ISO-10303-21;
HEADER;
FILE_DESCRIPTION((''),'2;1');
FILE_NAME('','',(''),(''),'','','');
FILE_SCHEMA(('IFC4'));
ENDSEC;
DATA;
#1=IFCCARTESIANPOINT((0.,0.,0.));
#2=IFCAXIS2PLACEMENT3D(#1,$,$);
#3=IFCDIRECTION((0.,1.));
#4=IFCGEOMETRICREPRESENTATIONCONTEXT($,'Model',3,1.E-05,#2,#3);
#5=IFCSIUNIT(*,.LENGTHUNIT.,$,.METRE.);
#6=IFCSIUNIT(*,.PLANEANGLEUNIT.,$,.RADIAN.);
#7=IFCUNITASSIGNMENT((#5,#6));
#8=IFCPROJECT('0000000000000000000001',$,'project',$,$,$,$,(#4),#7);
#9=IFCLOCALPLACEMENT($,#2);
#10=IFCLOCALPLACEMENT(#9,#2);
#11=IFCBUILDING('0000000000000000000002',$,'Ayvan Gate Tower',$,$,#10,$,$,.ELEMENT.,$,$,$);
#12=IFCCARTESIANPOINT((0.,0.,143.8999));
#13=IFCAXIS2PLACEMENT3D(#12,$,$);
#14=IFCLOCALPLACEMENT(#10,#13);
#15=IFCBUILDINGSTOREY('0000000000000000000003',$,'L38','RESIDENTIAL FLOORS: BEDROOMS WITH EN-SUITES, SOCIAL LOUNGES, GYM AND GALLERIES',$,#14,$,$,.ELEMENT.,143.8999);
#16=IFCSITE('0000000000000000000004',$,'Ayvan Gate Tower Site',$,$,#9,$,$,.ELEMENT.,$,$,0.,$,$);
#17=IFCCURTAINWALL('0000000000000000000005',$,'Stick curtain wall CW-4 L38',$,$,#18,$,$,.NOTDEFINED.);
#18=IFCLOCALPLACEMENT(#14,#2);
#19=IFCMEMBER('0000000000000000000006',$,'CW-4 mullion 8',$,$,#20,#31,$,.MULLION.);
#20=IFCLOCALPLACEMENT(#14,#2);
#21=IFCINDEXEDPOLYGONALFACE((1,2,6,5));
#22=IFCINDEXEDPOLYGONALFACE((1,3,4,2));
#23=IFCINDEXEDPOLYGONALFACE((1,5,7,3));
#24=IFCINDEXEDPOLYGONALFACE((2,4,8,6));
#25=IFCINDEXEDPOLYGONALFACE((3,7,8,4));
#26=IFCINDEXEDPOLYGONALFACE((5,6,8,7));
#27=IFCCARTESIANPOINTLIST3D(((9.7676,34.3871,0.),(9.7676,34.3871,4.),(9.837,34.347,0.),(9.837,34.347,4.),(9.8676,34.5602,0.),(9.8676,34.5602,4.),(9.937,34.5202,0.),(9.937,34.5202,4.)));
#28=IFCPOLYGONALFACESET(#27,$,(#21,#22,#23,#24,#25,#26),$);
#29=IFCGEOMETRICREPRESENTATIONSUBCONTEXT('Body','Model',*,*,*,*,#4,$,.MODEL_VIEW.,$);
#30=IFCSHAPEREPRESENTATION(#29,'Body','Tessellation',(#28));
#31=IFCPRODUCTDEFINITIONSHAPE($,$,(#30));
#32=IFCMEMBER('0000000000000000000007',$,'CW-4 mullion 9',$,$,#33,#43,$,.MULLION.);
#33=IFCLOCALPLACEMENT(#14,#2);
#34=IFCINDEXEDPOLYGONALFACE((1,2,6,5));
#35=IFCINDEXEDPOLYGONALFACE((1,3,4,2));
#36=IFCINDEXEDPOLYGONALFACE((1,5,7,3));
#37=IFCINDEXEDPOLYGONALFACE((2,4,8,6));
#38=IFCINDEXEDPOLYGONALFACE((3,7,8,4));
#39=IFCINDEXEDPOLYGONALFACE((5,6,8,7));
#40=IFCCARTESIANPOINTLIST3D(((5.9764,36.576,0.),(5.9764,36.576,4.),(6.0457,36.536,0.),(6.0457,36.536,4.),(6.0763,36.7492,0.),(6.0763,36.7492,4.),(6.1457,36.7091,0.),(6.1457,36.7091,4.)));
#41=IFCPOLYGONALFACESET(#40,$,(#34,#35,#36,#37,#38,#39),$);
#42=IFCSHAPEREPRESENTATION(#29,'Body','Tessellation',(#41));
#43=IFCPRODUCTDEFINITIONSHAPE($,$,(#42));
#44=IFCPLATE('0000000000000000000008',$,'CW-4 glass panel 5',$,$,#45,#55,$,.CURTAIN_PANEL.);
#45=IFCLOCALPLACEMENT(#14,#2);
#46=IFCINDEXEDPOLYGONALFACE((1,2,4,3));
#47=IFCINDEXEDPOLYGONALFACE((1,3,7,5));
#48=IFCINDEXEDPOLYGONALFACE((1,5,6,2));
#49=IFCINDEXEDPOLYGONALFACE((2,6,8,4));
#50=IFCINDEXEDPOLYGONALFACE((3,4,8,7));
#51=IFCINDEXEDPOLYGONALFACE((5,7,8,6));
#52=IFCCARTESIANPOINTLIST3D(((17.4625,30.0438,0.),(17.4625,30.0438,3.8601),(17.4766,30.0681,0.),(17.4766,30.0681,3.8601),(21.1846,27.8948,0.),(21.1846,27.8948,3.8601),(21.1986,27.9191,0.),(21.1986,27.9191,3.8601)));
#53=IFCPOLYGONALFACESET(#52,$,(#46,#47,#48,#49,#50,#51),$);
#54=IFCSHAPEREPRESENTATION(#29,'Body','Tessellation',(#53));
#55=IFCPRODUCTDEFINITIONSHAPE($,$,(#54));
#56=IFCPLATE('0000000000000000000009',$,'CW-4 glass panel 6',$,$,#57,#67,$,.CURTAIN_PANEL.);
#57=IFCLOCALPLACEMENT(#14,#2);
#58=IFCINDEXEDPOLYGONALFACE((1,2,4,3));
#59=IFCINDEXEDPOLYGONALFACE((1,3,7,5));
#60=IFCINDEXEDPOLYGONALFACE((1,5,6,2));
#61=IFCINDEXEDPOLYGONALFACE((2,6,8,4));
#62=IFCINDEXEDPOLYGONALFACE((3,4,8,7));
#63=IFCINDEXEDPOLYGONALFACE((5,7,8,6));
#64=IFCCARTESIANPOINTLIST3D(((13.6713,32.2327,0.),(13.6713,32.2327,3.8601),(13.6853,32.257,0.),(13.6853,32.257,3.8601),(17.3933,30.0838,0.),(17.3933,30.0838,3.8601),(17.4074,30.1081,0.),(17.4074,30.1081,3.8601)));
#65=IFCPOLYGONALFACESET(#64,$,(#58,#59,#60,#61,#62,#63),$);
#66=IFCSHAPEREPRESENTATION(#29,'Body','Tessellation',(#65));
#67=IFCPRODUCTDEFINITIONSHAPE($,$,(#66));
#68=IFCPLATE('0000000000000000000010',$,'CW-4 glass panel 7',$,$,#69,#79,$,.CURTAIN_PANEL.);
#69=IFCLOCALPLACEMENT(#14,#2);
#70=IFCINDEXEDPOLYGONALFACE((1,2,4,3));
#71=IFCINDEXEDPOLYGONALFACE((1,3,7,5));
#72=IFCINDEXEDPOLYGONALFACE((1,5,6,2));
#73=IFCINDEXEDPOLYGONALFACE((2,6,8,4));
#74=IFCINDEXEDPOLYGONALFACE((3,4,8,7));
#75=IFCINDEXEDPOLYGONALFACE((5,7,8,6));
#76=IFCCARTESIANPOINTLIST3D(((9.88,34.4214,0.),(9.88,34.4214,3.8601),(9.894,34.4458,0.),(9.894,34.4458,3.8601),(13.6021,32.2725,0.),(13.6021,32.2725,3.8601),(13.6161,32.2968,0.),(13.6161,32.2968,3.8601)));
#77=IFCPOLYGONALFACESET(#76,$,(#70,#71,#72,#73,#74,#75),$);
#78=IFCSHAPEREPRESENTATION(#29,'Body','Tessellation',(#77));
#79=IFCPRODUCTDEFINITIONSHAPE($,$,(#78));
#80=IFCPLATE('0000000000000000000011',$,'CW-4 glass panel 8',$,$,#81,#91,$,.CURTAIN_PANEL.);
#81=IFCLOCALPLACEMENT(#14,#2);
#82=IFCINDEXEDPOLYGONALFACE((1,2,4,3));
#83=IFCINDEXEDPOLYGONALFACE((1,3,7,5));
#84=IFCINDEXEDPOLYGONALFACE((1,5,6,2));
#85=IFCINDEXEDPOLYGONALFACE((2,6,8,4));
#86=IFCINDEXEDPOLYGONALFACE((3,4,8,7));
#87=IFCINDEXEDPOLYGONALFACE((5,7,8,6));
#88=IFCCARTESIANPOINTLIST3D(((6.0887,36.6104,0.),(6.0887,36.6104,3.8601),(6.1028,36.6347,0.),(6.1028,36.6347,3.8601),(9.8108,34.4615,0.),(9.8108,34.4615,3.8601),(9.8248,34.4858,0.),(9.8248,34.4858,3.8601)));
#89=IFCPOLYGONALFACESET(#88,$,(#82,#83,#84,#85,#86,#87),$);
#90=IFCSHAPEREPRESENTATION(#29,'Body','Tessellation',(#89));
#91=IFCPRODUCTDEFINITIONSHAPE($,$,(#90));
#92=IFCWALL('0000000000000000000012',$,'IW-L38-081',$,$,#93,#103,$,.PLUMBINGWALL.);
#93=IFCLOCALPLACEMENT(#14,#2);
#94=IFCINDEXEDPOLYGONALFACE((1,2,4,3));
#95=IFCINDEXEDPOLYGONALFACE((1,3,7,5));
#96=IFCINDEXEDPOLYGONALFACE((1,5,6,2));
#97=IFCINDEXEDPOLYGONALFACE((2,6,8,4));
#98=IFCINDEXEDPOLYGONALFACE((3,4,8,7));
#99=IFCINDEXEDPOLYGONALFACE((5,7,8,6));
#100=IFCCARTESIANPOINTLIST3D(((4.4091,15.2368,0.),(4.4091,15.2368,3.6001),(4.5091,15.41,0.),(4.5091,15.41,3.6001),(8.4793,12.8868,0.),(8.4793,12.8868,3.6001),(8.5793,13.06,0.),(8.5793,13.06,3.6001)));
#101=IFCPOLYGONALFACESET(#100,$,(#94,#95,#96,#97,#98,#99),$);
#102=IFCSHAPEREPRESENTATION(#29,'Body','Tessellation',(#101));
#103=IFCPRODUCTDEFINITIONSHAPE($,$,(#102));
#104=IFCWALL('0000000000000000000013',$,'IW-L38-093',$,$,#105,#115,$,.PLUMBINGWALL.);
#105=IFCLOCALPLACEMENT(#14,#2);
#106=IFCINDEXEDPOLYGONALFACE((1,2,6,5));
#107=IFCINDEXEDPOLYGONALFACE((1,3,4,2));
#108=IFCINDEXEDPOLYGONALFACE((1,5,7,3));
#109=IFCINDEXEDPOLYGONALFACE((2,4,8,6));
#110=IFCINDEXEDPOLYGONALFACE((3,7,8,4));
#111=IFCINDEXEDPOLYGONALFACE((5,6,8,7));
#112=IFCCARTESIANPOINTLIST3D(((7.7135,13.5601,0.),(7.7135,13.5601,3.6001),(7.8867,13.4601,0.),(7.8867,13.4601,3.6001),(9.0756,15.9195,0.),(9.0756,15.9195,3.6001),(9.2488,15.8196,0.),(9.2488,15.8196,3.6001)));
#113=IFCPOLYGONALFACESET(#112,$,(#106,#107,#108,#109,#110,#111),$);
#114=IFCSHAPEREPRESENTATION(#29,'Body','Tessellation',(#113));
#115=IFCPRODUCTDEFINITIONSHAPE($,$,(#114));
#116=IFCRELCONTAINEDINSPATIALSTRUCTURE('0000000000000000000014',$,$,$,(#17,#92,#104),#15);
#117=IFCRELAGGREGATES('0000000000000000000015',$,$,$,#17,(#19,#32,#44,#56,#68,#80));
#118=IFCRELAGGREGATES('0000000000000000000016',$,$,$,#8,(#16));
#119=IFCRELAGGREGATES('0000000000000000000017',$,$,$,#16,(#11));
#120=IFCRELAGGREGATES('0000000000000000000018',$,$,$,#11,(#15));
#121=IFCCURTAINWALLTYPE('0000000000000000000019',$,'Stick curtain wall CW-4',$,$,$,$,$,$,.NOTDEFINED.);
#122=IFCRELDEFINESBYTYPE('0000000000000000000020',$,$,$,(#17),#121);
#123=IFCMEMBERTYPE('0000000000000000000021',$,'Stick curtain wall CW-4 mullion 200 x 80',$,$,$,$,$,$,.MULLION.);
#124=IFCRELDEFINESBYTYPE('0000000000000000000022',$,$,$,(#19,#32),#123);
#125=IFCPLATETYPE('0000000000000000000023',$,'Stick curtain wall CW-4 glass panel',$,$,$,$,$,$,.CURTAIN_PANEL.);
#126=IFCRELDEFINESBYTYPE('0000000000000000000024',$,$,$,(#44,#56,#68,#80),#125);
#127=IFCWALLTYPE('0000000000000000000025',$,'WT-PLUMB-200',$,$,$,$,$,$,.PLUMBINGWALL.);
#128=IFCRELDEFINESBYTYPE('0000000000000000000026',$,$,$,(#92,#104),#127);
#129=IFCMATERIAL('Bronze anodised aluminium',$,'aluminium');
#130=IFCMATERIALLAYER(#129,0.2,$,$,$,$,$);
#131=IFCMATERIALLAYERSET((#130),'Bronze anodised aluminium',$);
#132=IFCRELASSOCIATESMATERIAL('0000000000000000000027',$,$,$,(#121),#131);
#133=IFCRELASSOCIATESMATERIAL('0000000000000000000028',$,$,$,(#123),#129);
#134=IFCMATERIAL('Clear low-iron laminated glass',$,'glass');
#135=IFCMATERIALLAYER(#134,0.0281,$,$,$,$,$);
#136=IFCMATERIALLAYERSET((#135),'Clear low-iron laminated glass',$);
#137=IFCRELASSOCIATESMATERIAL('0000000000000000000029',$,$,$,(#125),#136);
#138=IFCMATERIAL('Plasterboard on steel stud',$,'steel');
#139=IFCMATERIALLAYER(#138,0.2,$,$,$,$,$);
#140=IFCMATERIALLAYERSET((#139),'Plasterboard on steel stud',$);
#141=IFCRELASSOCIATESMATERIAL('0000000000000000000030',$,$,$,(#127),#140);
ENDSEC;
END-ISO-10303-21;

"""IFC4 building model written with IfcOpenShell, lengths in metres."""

from ifc_helpers import new_model, si_unit, direction, frame, frame_2d, origin, origin_2d, place, context, subcontext, project, spatial, rectangle, extrude, material, layer, layer_set, material_profile, profile_set, type_object, element, aggregate, save


model = new_model("IFC4")

# Units and contexts
model_context = context("Model", 3, precision=1e-05, world=origin(), true_north=direction((0.0, 1.0)))
body_context = subcontext(model_context, "Body", "Model", "MODEL_VIEW")
ifc_project = project(units=[si_unit("LENGTHUNIT", "METRE"), si_unit("PLANEANGLEUNIT", "RADIAN")], contexts=[model_context])

# Site, building, storey
site_placement = place(None, origin())
site = spatial("IfcSite", under=ifc_project, at=site_placement, Name="Ayvan Gate Tower Site", CompositionType="ELEMENT", RefElevation=0.0)
building_placement = place(site_placement, origin())
building = spatial("IfcBuilding", under=site, at=building_placement, Name="Ayvan Gate Tower", CompositionType="ELEMENT")
storey_placement = place(building_placement, frame((0.0, 0.0, 143.8999)))
storey = spatial("IfcBuildingStorey", under=building, at=storey_placement, Name="L38", Description="RESIDENTIAL FLOORS: BEDROOMS WITH EN-SUITES, SOCIAL LOUNGES, GYM AND GALLERIES", CompositionType="ELEMENT", Elevation=143.8999)

# Curtain wall, members, plates
ifc_material_1 = material(Name="Bronze anodised aluminium", Category="aluminium")
ifc_layer_1 = layer(ifc_material_1, 0.2)
ifc_layer_set_1 = layer_set([ifc_layer_1], Name="Bronze anodised aluminium")
curtain_wall_type = type_object("IfcCurtainWallType", Name="Stick curtain wall CW-4", PredefinedType="NOTDEFINED", material=ifc_layer_set_1)
curtain_wall_placement = place(storey_placement, origin())
curtain_wall = element("IfcCurtainWall", 1, at=curtain_wall_placement, inside=storey, type_object=curtain_wall_type, Name="Stick curtain wall CW-4 L38", PredefinedType="NOTDEFINED")
ifc_material_profile_1 = material_profile(ifc_material_1, rectangle(XDim=0.2, YDim=0.0801, at=origin_2d()), Name="Stick curtain wall CW-4 mullion 200 x 80")
ifc_profile_set_1 = profile_set([ifc_material_profile_1], Name="Bronze anodised aluminium")
member_type_1 = type_object("IfcMemberType", Name="Stick curtain wall CW-4 mullion 200 x 80", PredefinedType="MULLION", material=ifc_profile_set_1)
member_1_placement = place(storey_placement, frame((9.8523, 34.4536, 0.0), z_axis=(0.0, 0.0, 1.0), x_axis=(0.5, 0.866025, 0.0)))
member_1 = element("IfcMember", 2, at=member_1_placement, type_object=member_type_1, Name="CW-4 mullion 8", PredefinedType="MULLION", context=body_context, shape_type="SweptSolid", body=[
    extrude(rectangle(XDim=0.2, YDim=0.0801, at=origin_2d()), origin(), (0.0, 0.0, 1.0), 4.0),
])
member_2_placement = place(storey_placement, frame((6.061, 36.6426, 0.0), z_axis=(0.0, 0.0, 1.0), x_axis=(0.5, 0.866025, 0.0)))
member_2 = element("IfcMember", 3, at=member_2_placement, type_object=member_type_1, Name="CW-4 mullion 9", PredefinedType="MULLION", context=body_context, shape_type="SweptSolid", body=[
    extrude(rectangle(XDim=0.2, YDim=0.0801, at=origin_2d()), origin(), (0.0, 0.0, 1.0), 4.0),
])
ifc_material_2 = material(Name="Clear low-iron laminated glass", Category="glass")
ifc_layer_2 = layer(ifc_material_2, 0.0281)
ifc_layer_set_2 = layer_set([ifc_layer_2], Name="Clear low-iron laminated glass")
plate_type = type_object("IfcPlateType", Name="Stick curtain wall CW-4 glass panel", PredefinedType="CURTAIN_PANEL", material=ifc_layer_set_2)
plate_1_placement = place(storey_placement, frame((19.3306, 28.9814, 0.0), z_axis=(0.0, 0.0, 1.0), x_axis=(-0.866025, 0.5, 0.0)))
plate_1 = element("IfcPlate", 4, at=plate_1_placement, type_object=plate_type, Name="CW-4 glass panel 5", PredefinedType="CURTAIN_PANEL", context=body_context, shape_type="SweptSolid", body=[
    extrude(rectangle(XDim=4.2979, YDim=0.0281, at=origin_2d()), origin(), (0.0, 0.0, 1.0), 3.8601),
])
plate_2_placement = place(storey_placement, frame((15.5393, 31.1704, 0.0), z_axis=(0.0, 0.0, 1.0), x_axis=(-0.866025, 0.5, 0.0)))
plate_2 = element("IfcPlate", 5, at=plate_2_placement, type_object=plate_type, Name="CW-4 glass panel 6", PredefinedType="CURTAIN_PANEL", context=body_context, shape_type="SweptSolid", body=[
    extrude(rectangle(XDim=4.2979, YDim=0.0281, at=origin_2d()), origin(), (0.0, 0.0, 1.0), 3.8601),
])
plate_3_placement = place(storey_placement, frame((11.748, 33.3591, 0.0), z_axis=(0.0, 0.0, 1.0), x_axis=(-0.866025, 0.5, 0.0)))
plate_3 = element("IfcPlate", 6, at=plate_3_placement, type_object=plate_type, Name="CW-4 glass panel 7", PredefinedType="CURTAIN_PANEL", context=body_context, shape_type="SweptSolid", body=[
    extrude(rectangle(XDim=4.2979, YDim=0.0281, at=origin_2d()), origin(), (0.0, 0.0, 1.0), 3.8601),
])
plate_4_placement = place(storey_placement, frame((7.9568, 35.5481, 0.0), z_axis=(0.0, 0.0, 1.0), x_axis=(-0.866025, 0.5, 0.0)))
plate_4 = element("IfcPlate", 7, at=plate_4_placement, type_object=plate_type, Name="CW-4 glass panel 8", PredefinedType="CURTAIN_PANEL", context=body_context, shape_type="SweptSolid", body=[
    extrude(rectangle(XDim=4.2979, YDim=0.0281, at=origin_2d()), origin(), (0.0, 0.0, 1.0), 3.8601),
])
aggregate(curtain_wall, [member_1, member_2, plate_1, plate_2, plate_3, plate_4])

# Walls
ifc_material_3 = material(Name="Plasterboard on steel stud", Category="steel")
ifc_layer_3 = layer(ifc_material_3, 0.2)
ifc_layer_set_3 = layer_set([ifc_layer_3], Name="Plasterboard on steel stud")
wall_type = type_object("IfcWallType", Name="WT-PLUMB-200", PredefinedType="PLUMBINGWALL", material=ifc_layer_set_3)
wall_1_placement = place(storey_placement, frame((4.459, 15.3235, 0.0), z_axis=(0.0, 0.0, 1.0), x_axis=(0.866016, -0.500016, 0.0)))
element("IfcWall", 8, at=wall_1_placement, inside=storey, type_object=wall_type, Name="IW-L38-081", PredefinedType="PLUMBINGWALL", context=body_context, shape_type="SweptSolid", body=[
    extrude(rectangle(XDim=4.7, YDim=0.2, at=frame_2d((2.3501, 0.0))), origin(), (0.0, 0.0, 1.0), 3.6001),
])
wall_2_placement = place(storey_placement, frame((7.8, 13.51, 0.0), z_axis=(0.0, 0.0, 1.0), x_axis=(0.499966, 0.866045, 0.0)))
element("IfcWall", 9, at=wall_2_placement, inside=storey, type_object=wall_type, Name="IW-L38-093", PredefinedType="PLUMBINGWALL", context=body_context, shape_type="SweptSolid", body=[
    extrude(rectangle(XDim=2.7244, YDim=0.2, at=frame_2d((1.3623, 0.0))), origin(), (0.0, 0.0, 1.0), 3.6001),
])

save(model, "model.ifc")
